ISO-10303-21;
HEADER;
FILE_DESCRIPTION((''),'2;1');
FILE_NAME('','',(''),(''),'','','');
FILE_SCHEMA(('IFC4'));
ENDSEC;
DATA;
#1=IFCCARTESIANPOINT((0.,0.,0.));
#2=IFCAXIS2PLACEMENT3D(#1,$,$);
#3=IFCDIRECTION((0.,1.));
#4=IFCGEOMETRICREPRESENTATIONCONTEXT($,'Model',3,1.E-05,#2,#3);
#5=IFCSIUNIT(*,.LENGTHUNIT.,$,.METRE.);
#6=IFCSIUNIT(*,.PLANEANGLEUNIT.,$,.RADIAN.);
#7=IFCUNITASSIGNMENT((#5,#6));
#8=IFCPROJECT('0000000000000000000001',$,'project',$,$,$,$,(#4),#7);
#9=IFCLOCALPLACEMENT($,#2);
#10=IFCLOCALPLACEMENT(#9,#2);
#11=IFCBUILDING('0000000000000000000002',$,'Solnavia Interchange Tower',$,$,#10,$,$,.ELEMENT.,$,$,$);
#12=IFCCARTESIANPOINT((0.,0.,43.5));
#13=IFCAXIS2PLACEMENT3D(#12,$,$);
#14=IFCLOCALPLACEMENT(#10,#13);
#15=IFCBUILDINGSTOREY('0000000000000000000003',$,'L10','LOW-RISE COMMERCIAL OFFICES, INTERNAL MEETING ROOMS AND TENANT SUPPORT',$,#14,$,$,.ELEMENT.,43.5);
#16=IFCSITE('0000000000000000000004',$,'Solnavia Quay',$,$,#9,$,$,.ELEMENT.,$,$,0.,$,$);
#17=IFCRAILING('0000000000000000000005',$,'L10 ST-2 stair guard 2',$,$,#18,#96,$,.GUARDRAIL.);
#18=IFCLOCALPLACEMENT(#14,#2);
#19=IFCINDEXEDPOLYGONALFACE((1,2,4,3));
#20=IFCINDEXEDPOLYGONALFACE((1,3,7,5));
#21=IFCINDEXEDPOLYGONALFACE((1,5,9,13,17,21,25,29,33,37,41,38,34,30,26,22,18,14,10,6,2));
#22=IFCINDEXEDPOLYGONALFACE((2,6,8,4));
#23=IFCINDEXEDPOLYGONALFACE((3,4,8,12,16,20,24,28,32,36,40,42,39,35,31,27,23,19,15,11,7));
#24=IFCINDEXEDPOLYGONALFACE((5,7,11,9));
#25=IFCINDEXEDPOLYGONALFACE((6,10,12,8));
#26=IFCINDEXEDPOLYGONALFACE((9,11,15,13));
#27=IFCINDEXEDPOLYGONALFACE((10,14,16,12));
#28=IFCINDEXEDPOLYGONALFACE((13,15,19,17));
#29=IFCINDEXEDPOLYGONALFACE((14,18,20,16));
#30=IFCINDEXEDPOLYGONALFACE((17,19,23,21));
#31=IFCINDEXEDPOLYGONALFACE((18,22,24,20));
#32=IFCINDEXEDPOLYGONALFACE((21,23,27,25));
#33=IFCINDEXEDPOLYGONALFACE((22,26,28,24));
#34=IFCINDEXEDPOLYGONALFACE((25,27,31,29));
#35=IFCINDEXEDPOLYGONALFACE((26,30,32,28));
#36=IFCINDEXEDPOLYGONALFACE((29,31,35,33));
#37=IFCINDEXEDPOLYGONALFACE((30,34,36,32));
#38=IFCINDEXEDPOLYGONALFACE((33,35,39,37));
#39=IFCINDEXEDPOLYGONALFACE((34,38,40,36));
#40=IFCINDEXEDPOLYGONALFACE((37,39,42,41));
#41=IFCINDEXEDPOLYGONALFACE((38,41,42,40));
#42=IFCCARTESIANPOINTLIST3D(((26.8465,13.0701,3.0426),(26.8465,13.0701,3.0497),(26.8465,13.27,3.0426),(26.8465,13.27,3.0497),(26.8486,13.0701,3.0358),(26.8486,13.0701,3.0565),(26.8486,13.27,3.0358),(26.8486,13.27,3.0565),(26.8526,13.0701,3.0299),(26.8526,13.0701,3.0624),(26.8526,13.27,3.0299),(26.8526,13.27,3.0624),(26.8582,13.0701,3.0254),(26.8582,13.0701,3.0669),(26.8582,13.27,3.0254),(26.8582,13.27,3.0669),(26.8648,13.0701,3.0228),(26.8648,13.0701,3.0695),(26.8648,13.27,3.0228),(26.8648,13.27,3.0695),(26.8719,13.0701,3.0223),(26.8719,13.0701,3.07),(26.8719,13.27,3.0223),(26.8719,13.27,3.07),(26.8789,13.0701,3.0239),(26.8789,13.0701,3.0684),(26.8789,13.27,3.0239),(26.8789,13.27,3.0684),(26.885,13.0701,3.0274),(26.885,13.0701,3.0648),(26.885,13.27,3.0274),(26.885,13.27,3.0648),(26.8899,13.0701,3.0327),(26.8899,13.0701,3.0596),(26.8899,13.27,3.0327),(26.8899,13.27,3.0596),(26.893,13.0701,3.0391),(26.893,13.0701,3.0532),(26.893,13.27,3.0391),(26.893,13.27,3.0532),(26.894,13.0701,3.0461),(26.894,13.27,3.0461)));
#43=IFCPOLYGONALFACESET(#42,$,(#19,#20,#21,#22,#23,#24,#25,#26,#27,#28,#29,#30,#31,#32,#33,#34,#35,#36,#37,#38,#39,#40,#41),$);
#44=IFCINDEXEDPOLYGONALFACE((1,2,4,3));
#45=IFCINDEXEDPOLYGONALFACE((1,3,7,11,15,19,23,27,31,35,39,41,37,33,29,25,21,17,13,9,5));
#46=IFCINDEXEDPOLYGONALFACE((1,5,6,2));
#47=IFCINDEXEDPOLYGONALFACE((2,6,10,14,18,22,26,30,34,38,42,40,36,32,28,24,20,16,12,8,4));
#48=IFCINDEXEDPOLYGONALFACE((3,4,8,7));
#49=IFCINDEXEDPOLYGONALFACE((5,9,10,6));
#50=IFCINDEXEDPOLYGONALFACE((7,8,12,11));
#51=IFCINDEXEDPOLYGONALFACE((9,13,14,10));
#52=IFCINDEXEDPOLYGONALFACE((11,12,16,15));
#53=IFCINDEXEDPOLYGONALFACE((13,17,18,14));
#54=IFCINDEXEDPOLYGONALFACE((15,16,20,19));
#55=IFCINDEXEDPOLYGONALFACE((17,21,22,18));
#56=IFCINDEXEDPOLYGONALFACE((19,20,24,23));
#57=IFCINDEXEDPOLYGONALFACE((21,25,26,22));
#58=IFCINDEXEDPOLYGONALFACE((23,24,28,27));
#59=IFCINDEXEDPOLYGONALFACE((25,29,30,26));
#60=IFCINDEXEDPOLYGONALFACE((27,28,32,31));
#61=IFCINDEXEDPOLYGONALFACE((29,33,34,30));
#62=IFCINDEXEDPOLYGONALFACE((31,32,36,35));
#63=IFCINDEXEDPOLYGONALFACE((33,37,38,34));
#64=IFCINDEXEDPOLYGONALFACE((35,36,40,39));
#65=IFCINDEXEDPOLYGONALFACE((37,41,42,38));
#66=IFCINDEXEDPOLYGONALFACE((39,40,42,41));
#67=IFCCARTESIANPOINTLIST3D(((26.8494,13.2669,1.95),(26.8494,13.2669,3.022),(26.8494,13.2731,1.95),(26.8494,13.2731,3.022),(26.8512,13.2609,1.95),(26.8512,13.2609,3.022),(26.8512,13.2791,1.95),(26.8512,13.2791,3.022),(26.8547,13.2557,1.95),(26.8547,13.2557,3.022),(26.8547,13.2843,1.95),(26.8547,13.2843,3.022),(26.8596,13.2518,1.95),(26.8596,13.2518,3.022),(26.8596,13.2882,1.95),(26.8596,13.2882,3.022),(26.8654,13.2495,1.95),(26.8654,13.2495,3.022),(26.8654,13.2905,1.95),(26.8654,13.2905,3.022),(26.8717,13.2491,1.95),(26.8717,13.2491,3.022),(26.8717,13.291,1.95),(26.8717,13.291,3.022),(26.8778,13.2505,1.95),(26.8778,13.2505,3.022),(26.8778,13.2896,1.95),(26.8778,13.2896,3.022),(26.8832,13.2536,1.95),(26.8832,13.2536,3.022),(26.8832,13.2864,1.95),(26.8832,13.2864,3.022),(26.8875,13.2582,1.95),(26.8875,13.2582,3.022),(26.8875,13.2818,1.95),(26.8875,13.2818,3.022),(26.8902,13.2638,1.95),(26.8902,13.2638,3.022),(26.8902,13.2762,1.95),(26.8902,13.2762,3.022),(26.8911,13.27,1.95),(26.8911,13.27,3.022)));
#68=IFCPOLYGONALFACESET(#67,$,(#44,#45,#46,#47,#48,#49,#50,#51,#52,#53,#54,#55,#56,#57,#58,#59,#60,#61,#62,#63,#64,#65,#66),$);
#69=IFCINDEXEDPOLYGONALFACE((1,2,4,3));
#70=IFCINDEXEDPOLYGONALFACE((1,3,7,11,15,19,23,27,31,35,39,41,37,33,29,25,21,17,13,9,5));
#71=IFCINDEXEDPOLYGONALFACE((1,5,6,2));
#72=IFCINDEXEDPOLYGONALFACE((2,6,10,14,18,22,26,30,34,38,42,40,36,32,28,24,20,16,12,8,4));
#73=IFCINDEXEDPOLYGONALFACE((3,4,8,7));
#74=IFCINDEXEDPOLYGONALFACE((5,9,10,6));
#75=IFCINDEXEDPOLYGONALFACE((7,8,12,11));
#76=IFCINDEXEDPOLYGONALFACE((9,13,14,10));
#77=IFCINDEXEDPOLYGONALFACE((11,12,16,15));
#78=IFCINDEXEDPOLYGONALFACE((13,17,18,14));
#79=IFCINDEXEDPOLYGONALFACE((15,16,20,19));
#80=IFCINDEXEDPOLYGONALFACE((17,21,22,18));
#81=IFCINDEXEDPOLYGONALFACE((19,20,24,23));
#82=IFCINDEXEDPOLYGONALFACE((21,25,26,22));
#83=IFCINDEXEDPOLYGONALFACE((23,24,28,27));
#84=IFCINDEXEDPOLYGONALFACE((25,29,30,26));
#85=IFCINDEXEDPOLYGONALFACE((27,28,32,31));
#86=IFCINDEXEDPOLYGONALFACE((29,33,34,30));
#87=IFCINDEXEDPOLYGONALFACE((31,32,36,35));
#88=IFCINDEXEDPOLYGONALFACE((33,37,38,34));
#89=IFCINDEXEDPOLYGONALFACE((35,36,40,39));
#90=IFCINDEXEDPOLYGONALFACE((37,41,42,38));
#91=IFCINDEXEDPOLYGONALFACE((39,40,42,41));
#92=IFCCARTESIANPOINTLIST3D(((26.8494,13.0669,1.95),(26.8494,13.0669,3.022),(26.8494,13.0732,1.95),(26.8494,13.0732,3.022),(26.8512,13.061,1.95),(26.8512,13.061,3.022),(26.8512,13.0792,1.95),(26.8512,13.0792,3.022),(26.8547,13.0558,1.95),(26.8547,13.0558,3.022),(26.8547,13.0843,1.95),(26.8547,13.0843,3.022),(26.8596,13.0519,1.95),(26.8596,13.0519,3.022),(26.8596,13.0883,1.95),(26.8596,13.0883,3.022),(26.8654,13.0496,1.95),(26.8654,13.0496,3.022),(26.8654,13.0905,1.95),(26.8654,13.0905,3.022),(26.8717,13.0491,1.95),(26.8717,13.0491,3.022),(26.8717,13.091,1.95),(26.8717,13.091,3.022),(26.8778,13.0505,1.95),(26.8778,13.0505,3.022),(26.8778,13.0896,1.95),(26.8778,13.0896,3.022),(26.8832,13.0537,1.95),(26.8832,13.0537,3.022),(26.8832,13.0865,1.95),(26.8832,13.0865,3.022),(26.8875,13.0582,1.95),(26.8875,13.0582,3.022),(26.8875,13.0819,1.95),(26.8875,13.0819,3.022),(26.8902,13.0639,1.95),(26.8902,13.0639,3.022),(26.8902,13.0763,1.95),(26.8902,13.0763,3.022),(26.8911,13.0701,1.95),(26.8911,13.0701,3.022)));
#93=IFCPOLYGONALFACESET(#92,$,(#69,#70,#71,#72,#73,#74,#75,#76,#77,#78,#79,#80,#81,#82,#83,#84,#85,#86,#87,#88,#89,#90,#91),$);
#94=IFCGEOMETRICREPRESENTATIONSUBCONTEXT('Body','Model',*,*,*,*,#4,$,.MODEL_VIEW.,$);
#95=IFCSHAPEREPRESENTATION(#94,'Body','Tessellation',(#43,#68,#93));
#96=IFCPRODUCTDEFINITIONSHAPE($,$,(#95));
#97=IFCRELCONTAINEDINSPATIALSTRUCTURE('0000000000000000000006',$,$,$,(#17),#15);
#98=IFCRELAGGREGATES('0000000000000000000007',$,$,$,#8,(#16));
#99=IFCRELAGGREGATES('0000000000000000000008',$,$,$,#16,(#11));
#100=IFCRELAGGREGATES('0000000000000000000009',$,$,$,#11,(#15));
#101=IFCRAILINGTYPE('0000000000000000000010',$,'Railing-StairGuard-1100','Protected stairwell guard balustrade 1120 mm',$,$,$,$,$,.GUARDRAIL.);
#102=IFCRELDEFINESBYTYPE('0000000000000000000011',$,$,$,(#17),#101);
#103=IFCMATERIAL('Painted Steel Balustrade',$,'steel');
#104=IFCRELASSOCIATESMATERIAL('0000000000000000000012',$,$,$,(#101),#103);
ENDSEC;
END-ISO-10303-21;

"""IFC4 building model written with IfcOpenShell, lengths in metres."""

from ifc_helpers import new_model, si_unit, direction, frame, origin, origin_2d, place, context, subcontext, project, spatial, circle, extrude, material, type_object, element, save


model = new_model("IFC4")

# Units and contexts
model_context = context("Model", 3, precision=1e-05, world=origin(), true_north=direction((0.0, 1.0)))
body_context = subcontext(model_context, "Body", "Model", "MODEL_VIEW")
ifc_project = project(units=[si_unit("LENGTHUNIT", "METRE"), si_unit("PLANEANGLEUNIT", "RADIAN")], contexts=[model_context])

# Site, building, storey
site_placement = place(None, origin())
site = spatial("IfcSite", under=ifc_project, at=site_placement, Name="Solnavia Quay", CompositionType="ELEMENT", RefElevation=0.0)
building_placement = place(site_placement, origin())
building = spatial("IfcBuilding", under=site, at=building_placement, Name="Solnavia Interchange Tower", CompositionType="ELEMENT")
storey_placement = place(building_placement, frame((0.0, 0.0, 43.5)))
storey = spatial("IfcBuildingStorey", under=building, at=storey_placement, Name="L10", Description="LOW-RISE COMMERCIAL OFFICES, INTERNAL MEETING ROOMS AND TENANT SUPPORT", CompositionType="ELEMENT", Elevation=43.5)

# Railing
ifc_material_1 = material(Name="Painted Steel Balustrade", Category="steel")
railing_type_1 = type_object("IfcRailingType", Name="Railing-StairGuard-1100", Description="Protected stairwell guard balustrade 1120 mm", PredefinedType="GUARDRAIL", material=ifc_material_1)
railing_1_placement = place(storey_placement, frame((26.8701, 13.27, 1.95)))
element("IfcRailing", 1, at=railing_1_placement, inside=storey, type_object=railing_type_1, Name="L10 ST-2 stair guard 2", PredefinedType="GUARDRAIL", context=body_context, shape_type="SweptSolid", body=[
    extrude(circle(Radius=0.0239, at=origin_2d()), frame((0.0, 0.0, 1.0962), z_axis=(0.0, -1.0, 0.0), x_axis=(1.0, 0.0, 0.0)), (0.0, 0.0, 1.0), 0.2),
    extrude(circle(Radius=0.021, at=origin_2d()), origin(), (0.0, 0.0, 1.0), 1.072),
    extrude(circle(Radius=0.021, at=origin_2d()), frame((0.0, -0.2, 0.0)), (0.0, 0.0, 1.0), 1.072),
])

save(model, "model.ifc")
